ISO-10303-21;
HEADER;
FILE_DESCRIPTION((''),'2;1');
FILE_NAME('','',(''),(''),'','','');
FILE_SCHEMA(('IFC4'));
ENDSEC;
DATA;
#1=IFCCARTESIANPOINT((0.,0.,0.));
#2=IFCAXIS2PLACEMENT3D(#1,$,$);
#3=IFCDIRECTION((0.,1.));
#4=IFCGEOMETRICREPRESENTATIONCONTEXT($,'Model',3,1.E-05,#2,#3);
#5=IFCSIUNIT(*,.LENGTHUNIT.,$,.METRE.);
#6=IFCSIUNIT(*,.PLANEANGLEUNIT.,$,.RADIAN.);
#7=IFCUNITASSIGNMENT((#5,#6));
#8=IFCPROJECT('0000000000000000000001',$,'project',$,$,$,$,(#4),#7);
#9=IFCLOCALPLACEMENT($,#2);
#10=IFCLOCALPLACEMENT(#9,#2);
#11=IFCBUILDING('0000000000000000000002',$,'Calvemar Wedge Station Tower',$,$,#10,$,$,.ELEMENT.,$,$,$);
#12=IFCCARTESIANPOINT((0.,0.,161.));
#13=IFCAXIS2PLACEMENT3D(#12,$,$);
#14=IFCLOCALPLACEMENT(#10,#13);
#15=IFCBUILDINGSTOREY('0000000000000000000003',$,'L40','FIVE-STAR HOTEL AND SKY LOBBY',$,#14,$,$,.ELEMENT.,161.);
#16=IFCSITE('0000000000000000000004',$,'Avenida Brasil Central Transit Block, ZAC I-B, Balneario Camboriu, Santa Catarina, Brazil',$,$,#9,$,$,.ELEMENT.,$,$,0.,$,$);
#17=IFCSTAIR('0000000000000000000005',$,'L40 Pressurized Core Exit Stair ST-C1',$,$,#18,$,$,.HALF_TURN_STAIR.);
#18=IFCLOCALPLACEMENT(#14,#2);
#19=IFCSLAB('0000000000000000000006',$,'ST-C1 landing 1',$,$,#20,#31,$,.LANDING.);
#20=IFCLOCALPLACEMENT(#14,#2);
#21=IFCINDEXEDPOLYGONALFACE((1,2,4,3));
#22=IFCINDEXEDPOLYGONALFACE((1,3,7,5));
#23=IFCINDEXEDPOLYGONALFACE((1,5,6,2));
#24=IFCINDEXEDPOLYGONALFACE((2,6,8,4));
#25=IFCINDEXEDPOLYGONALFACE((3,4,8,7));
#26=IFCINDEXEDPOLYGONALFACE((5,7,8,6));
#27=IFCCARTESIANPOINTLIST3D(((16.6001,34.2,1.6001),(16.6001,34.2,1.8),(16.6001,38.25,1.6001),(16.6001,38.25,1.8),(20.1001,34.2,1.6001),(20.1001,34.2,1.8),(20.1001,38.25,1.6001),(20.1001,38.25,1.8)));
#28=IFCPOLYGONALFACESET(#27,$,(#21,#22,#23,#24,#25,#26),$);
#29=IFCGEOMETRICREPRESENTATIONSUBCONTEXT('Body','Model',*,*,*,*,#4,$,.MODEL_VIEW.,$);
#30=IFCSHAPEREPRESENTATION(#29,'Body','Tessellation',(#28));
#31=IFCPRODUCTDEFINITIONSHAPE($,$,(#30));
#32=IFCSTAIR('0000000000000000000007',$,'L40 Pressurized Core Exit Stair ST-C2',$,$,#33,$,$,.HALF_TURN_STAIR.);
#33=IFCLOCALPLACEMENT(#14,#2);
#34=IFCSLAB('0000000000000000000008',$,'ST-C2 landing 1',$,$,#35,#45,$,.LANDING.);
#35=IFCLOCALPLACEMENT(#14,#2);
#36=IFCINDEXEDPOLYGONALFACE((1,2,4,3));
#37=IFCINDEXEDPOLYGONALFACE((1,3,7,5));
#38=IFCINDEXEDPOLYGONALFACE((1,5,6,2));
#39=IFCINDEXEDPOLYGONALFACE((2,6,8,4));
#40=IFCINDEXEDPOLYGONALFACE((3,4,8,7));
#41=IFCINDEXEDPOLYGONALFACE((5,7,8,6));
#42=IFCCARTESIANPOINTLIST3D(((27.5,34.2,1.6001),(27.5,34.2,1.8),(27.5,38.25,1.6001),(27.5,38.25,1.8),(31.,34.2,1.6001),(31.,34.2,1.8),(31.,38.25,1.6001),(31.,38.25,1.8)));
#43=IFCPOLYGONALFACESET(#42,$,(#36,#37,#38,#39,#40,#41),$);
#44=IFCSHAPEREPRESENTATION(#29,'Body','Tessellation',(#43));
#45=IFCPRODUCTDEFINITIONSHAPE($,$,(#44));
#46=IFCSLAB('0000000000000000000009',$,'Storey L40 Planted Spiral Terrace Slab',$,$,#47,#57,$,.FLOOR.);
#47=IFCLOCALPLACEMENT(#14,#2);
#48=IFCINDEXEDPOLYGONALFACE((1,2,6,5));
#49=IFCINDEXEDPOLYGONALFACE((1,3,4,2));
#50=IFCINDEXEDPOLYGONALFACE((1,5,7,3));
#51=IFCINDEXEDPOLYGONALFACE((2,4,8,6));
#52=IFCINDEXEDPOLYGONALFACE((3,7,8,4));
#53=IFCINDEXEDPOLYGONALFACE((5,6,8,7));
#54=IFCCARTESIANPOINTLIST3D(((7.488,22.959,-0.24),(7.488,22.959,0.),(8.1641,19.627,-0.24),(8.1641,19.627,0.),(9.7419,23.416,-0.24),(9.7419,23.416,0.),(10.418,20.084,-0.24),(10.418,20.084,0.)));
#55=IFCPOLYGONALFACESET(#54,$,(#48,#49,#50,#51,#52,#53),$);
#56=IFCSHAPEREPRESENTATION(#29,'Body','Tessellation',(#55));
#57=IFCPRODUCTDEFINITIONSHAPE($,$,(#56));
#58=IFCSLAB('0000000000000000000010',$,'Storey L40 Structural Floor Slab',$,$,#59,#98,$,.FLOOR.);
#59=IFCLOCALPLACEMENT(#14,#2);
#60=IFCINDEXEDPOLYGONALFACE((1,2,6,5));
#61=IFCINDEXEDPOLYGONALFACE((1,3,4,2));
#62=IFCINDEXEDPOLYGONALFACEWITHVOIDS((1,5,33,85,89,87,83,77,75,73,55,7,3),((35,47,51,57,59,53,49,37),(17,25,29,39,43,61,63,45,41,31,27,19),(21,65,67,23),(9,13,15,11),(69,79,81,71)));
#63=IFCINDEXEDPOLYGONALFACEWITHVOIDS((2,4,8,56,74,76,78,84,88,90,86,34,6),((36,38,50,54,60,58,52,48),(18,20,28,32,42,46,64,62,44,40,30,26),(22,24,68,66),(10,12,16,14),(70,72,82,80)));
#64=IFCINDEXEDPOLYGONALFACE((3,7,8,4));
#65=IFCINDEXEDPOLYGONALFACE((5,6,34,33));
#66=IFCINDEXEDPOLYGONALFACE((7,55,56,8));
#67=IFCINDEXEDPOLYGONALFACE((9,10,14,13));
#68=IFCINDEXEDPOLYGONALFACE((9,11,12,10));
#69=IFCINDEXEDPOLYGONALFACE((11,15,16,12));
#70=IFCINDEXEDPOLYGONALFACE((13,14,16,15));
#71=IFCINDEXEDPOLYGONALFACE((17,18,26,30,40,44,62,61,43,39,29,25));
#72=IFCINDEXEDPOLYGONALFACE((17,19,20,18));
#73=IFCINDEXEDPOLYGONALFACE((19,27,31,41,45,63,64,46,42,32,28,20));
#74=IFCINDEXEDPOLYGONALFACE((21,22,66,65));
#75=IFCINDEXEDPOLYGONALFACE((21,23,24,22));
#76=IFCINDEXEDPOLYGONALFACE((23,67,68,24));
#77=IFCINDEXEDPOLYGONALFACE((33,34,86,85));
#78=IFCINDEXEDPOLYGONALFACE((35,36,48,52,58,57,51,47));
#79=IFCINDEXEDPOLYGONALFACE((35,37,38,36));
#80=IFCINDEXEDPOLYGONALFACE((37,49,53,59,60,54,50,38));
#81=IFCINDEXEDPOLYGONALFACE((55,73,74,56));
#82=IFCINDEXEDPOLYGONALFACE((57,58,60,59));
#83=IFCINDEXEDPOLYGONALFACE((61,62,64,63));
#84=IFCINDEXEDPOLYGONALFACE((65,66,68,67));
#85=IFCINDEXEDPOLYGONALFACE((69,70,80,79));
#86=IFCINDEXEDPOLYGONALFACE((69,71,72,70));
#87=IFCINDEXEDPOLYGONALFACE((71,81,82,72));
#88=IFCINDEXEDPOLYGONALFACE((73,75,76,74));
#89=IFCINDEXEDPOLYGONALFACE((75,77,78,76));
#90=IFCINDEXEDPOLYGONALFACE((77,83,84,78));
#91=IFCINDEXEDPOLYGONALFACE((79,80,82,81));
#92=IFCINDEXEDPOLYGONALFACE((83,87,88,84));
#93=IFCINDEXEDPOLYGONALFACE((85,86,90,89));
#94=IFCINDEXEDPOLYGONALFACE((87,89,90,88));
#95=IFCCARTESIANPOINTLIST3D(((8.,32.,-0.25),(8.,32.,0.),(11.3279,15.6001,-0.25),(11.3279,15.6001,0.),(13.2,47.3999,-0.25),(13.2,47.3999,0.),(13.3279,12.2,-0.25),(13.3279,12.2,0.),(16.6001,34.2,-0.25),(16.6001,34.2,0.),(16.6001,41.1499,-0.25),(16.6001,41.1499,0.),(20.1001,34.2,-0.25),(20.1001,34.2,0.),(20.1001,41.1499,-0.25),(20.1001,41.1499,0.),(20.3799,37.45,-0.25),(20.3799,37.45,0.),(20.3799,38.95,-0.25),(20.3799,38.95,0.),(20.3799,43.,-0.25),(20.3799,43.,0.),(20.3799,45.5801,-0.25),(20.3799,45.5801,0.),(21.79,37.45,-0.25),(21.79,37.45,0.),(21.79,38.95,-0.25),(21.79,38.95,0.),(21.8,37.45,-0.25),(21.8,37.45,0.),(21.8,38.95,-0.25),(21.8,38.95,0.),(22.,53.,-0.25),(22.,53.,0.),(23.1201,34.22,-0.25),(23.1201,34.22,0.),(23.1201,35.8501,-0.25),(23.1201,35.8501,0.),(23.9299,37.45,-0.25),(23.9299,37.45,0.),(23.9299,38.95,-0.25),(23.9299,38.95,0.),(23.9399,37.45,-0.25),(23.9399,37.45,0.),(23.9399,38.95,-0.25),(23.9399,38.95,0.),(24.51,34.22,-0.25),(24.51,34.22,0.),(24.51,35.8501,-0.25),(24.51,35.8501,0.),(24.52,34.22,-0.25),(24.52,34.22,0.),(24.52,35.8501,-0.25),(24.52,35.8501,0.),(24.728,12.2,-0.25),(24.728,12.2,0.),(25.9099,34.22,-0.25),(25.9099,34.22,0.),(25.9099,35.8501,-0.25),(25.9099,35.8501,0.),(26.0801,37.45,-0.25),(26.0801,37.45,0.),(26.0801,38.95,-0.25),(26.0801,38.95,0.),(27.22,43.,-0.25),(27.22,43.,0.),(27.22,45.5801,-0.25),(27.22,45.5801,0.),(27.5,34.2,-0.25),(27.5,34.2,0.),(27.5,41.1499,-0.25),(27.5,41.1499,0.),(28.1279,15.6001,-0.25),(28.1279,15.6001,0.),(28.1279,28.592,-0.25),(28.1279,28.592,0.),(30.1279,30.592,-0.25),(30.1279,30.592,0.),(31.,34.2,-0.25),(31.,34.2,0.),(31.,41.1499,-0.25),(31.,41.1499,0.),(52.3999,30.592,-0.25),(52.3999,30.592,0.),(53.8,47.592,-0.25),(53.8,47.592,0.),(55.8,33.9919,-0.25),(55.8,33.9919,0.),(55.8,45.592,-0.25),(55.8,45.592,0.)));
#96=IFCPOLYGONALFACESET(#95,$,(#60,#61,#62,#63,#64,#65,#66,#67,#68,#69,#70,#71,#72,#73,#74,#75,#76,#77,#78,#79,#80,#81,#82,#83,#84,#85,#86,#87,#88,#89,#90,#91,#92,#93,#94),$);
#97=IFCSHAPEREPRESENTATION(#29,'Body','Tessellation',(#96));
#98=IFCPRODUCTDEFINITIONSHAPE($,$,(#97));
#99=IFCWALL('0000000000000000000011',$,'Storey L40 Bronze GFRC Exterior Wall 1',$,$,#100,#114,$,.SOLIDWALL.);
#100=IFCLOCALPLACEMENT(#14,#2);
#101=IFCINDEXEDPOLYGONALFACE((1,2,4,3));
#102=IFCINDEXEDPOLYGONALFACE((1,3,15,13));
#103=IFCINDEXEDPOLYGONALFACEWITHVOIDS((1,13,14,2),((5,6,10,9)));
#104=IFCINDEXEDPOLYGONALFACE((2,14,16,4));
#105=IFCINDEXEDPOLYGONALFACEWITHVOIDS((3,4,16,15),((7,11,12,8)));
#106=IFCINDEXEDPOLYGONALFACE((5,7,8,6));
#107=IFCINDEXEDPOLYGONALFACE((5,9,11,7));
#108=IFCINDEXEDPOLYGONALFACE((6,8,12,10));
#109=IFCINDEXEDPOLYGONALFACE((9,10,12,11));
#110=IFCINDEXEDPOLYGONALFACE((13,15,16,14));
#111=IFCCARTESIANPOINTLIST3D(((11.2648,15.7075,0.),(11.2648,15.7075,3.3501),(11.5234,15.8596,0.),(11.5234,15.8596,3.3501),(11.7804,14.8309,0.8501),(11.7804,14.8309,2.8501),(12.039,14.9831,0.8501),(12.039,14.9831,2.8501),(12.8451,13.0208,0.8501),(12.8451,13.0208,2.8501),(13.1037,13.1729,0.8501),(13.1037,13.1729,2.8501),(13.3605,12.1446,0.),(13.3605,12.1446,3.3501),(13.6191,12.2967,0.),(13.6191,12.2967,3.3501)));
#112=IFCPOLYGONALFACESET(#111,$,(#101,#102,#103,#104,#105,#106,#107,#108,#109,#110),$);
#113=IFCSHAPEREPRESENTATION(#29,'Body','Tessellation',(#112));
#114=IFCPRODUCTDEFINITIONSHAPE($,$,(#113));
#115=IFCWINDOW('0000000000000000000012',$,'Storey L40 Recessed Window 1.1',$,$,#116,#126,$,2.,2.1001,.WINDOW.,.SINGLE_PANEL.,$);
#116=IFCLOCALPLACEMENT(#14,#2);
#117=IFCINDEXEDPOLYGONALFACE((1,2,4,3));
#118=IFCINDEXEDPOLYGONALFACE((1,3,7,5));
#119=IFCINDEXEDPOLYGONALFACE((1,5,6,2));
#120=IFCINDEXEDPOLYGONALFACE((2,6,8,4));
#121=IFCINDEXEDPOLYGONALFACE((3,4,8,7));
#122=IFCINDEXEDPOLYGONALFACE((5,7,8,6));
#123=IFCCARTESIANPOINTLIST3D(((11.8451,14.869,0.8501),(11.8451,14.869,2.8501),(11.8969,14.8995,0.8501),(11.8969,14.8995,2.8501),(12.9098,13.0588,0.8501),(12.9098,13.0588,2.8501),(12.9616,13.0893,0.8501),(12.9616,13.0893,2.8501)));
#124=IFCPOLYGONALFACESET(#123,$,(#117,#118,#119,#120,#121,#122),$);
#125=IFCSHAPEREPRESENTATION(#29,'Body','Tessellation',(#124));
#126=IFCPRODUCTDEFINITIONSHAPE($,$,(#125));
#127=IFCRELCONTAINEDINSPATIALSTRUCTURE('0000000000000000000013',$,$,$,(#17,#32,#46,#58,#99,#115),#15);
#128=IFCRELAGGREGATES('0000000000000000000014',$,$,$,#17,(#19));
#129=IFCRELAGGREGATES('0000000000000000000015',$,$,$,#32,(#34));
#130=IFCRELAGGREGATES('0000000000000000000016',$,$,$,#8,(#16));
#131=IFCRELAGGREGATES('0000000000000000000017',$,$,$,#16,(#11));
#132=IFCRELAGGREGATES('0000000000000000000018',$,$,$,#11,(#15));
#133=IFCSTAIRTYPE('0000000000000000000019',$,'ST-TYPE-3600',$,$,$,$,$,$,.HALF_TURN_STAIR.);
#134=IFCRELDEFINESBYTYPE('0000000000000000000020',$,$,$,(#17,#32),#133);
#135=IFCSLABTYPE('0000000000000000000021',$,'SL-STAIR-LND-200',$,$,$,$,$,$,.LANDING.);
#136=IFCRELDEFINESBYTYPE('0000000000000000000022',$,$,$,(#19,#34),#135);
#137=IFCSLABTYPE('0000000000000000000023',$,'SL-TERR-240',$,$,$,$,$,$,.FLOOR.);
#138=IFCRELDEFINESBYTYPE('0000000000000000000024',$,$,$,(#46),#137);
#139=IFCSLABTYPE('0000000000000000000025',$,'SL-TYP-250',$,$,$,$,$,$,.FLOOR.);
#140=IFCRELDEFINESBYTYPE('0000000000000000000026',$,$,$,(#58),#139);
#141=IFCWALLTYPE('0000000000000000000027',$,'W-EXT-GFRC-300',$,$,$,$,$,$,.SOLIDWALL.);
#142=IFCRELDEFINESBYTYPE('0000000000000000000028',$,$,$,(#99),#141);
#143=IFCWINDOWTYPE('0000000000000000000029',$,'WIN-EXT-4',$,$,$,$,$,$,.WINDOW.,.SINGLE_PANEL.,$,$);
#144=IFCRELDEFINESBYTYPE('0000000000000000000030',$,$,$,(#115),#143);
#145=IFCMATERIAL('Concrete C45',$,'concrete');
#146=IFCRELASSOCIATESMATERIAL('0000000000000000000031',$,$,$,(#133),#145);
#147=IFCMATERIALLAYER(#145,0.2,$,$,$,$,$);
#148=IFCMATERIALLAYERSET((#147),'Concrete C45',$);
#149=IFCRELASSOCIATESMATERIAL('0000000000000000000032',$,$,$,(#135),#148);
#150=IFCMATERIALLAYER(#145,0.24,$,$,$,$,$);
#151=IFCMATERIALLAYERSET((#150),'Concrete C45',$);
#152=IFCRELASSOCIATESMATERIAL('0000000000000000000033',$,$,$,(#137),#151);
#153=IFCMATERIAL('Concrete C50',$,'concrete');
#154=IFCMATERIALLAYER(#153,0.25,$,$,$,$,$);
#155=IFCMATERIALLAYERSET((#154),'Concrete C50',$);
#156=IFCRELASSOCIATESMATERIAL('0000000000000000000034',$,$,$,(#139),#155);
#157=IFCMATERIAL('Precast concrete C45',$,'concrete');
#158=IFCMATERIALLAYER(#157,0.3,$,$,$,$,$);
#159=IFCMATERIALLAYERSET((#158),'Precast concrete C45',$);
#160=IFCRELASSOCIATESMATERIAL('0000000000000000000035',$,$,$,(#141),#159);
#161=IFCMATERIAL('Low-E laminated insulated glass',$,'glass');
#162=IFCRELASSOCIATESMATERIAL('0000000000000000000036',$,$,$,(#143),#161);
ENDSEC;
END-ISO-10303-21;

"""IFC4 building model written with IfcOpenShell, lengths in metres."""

from ifc_helpers import new_model, si_unit, direction, frame, frame_2d, origin, place, context, subcontext, project, spatial, polyline, rectangle, outline, extrude, source, transform, mapped, material, layer, layer_set, type_object, element, fill, aggregate, save


model = new_model("IFC4")

# Units and contexts
model_context = context("Model", 3, precision=1e-05, world=origin(), true_north=direction((0.0, 1.0)))
body_context = subcontext(model_context, "Body", "Model", "MODEL_VIEW")
ifc_project = project(units=[si_unit("LENGTHUNIT", "METRE"), si_unit("PLANEANGLEUNIT", "RADIAN")], contexts=[model_context])

# Site, building, storey
site_placement = place(None, origin())
site = spatial("IfcSite", under=ifc_project, at=site_placement, Name="Avenida Brasil Central Transit Block, ZAC I-B, Balneario Camboriu, Santa Catarina, Brazil", CompositionType="ELEMENT", RefElevation=0.0)
building_placement = place(site_placement, origin())
building = spatial("IfcBuilding", under=site, at=building_placement, Name="Calvemar Wedge Station Tower", CompositionType="ELEMENT")
storey_placement = place(building_placement, frame((0.0, 0.0, 161.0)))
storey = spatial("IfcBuildingStorey", under=building, at=storey_placement, Name="L40", Description="FIVE-STAR HOTEL AND SKY LOBBY", CompositionType="ELEMENT", Elevation=161.0)

# Shared definitions
ifc_material_1 = material(Name="Concrete C50", Category="concrete")

# Shared definitions
ifc_material_2 = material(Name="Precast concrete C45", Category="concrete")

# Stairs, slabs
ifc_material_3 = material(Name="Concrete C45", Category="concrete")
stair_type = type_object("IfcStairType", Name="ST-TYPE-3600", PredefinedType="HALF_TURN_STAIR", material=ifc_material_3)
stair_1_placement = place(storey_placement, origin())
stair_1 = element("IfcStair", 1, at=stair_1_placement, inside=storey, type_object=stair_type, Name="L40 Pressurized Core Exit Stair ST-C1", PredefinedType="HALF_TURN_STAIR")
ifc_layer_1 = layer(ifc_material_3, 0.2)
ifc_layer_set_1 = layer_set([ifc_layer_1], Name="Concrete C45")
slab_type_1 = type_object("IfcSlabType", Name="SL-STAIR-LND-200", PredefinedType="LANDING", material=ifc_layer_set_1)
slab_1_placement = place(storey_placement, frame((0.0, 0.0, 1.6001)))
slab_1 = element("IfcSlab", 2, at=slab_1_placement, type_object=slab_type_1, Name="ST-C1 landing 1", PredefinedType="LANDING", context=body_context, shape_type="SweptSolid", body=[
    extrude(outline(polyline([(16.6001, 38.25), (16.6001, 34.2), (20.1001, 34.2), (20.1001, 38.25), (16.6001, 38.25)])), origin(), (0.0, 0.0, 1.0), 0.2),
])
aggregate(stair_1, [slab_1])
stair_2_placement = place(storey_placement, origin())
stair_2 = element("IfcStair", 3, at=stair_2_placement, inside=storey, type_object=stair_type, Name="L40 Pressurized Core Exit Stair ST-C2", PredefinedType="HALF_TURN_STAIR")
slab_2_placement = place(storey_placement, frame((0.0, 0.0, 1.6001)))
slab_2 = element("IfcSlab", 4, at=slab_2_placement, type_object=slab_type_1, Name="ST-C2 landing 1", PredefinedType="LANDING", context=body_context, shape_type="SweptSolid", body=[
    extrude(outline(polyline([(27.5, 38.25), (27.5, 34.2), (31.0, 34.2), (31.0, 38.25), (27.5, 38.25)])), origin(), (0.0, 0.0, 1.0), 0.2),
])
aggregate(stair_2, [slab_2])

# Slabs
ifc_layer_2 = layer(ifc_material_3, 0.24)
ifc_layer_set_2 = layer_set([ifc_layer_2], Name="Concrete C45")
slab_type_2 = type_object("IfcSlabType", Name="SL-TERR-240", PredefinedType="FLOOR", material=ifc_layer_set_2)
slab_3_placement = place(storey_placement, frame((0.0, 0.0, -0.24)))
element("IfcSlab", 5, at=slab_3_placement, inside=storey, type_object=slab_type_2, Name="Storey L40 Planted Spiral Terrace Slab", PredefinedType="FLOOR", context=body_context, shape_type="SweptSolid", body=[
    extrude(outline(polyline([(9.7419, 23.416), (7.488, 22.959), (8.1641, 19.627), (10.418, 20.084), (9.7419, 23.416)])), origin(), (0.0, 0.0, 1.0), 0.24),
])
ifc_layer_3 = layer(ifc_material_1, 0.25)
ifc_layer_set_3 = layer_set([ifc_layer_3], Name="Concrete C50")
slab_type_3 = type_object("IfcSlabType", Name="SL-TYP-250", PredefinedType="FLOOR", material=ifc_layer_set_3)
slab_4_placement = place(storey_placement, frame((0.0, 0.0, -0.25)))
element("IfcSlab", 6, at=slab_4_placement, inside=storey, type_object=slab_type_3, Name="Storey L40 Structural Floor Slab", PredefinedType="FLOOR", context=body_context, shape_type="SweptSolid", body=[
    extrude(outline(polyline([(8.0, 32.0), (11.3279, 15.6001), (13.3279, 12.2), (24.728, 12.2), (28.1279, 15.6001), (28.1279, 28.592), (30.1279, 30.592), (52.3999, 30.592), (55.8, 33.9919), (55.8, 45.592), (53.8, 47.592), (22.0, 53.0), (13.2, 47.3999), (8.0, 32.0)]), holes=[polyline([(24.52, 35.8501), (24.51, 35.8501), (23.1201, 35.8501), (23.1201, 34.22), (24.51, 34.22), (24.52, 34.22), (25.9099, 34.22), (25.9099, 35.8501), (24.52, 35.8501)]), polyline([(16.6001, 34.2), (20.1001, 34.2), (20.1001, 41.1499), (16.6001, 41.1499), (16.6001, 34.2)]), polyline([(27.5, 34.2), (31.0, 34.2), (31.0, 41.1499), (27.5, 41.1499), (27.5, 34.2)]), polyline([(21.8, 38.95), (21.79, 38.95), (20.3799, 38.95), (20.3799, 37.45), (21.79, 37.45), (21.8, 37.45), (23.9299, 37.45), (23.9399, 37.45), (26.0801, 37.45), (26.0801, 38.95), (23.9399, 38.95), (23.9299, 38.95), (21.8, 38.95)]), polyline([(27.22, 43.0), (27.22, 45.5801), (20.3799, 45.5801), (20.3799, 43.0), (27.22, 43.0)])]), origin(), (0.0, 0.0, 1.0), 0.25),
])

# Wall, opening, window
ifc_layer_4 = layer(ifc_material_2, 0.3)
ifc_layer_set_4 = layer_set([ifc_layer_4], Name="Precast concrete C45")
wall_type_1 = type_object("IfcWallType", Name="W-EXT-GFRC-300", PredefinedType="SOLIDWALL", material=ifc_layer_set_4)
wall_1_placement = place(storey_placement, frame((11.394, 15.7837, 0.0), z_axis=(0.0, 0.0, 1.0), x_axis=(0.506989, -0.861952, 0.0)))
wall_1 = element("IfcWall", 7, at=wall_1_placement, inside=storey, type_object=wall_type_1, Name="Storey L40 Bronze GFRC Exterior Wall 1", PredefinedType="SOLIDWALL", context=body_context, shape_type="SweptSolid", body=[
    extrude(rectangle(XDim=4.1335, YDim=0.3, at=frame_2d((2.0669, 0.0))), origin(), (0.0, 0.0, 1.0), 3.3501),
])
shared_shape_1 = source(origin(), body_context, "Body", "SweptSolid", [
    extrude(rectangle(XDim=2.1001, YDim=2.0, at=frame_2d((1.05, 1.0))), frame((0.0, 0.1602, 0.0), z_axis=(0.0, -1.0, 0.0), x_axis=(1.0, 0.0, 0.0)), (0.0, 0.0, 1.0), 0.3201),
])
opening_1_placement = place(wall_1_placement, frame((1.0171, 0.0, 0.8501)))
opening_1 = element("IfcOpeningElement", 8, at=opening_1_placement, cuts=wall_1, PredefinedType="OPENING", context=body_context, shape_type="MappedRepresentation", body=[
    mapped(shared_shape_1, transform((0.0, 0.0, 0.0), scale=1.0)),
])
ifc_material_4 = material(Name="Low-E laminated insulated glass", Category="glass")
window_type_1 = type_object("IfcWindowType", Name="WIN-EXT-4", PartitioningType="SINGLE_PANEL", PredefinedType="WINDOW", material=ifc_material_4)
shared_shape_2 = source(origin(), body_context, "Body", "SweptSolid", [
    extrude(rectangle(XDim=2.1001, YDim=2.0, at=frame_2d((1.05, 1.0))), frame((0.0, -0.0149, 0.0), z_axis=(0.0, -1.0, 0.0), x_axis=(1.0, 0.0, 0.0)), (0.0, 0.0, 1.0), 0.0601),
])
window_1_placement = place(opening_1_placement, origin())
window_1 = element("IfcWindow", 9, at=window_1_placement, inside=storey, type_object=window_type_1, Name="Storey L40 Recessed Window 1.1", OverallHeight=2.0, OverallWidth=2.1001, PartitioningType="SINGLE_PANEL", PredefinedType="WINDOW", context=body_context, shape_type="MappedRepresentation", body=[
    mapped(shared_shape_2, transform((0.0, 0.0, 0.0), scale=1.0)),
])
fill(opening_1, window_1)

save(model, "model.ifc")
